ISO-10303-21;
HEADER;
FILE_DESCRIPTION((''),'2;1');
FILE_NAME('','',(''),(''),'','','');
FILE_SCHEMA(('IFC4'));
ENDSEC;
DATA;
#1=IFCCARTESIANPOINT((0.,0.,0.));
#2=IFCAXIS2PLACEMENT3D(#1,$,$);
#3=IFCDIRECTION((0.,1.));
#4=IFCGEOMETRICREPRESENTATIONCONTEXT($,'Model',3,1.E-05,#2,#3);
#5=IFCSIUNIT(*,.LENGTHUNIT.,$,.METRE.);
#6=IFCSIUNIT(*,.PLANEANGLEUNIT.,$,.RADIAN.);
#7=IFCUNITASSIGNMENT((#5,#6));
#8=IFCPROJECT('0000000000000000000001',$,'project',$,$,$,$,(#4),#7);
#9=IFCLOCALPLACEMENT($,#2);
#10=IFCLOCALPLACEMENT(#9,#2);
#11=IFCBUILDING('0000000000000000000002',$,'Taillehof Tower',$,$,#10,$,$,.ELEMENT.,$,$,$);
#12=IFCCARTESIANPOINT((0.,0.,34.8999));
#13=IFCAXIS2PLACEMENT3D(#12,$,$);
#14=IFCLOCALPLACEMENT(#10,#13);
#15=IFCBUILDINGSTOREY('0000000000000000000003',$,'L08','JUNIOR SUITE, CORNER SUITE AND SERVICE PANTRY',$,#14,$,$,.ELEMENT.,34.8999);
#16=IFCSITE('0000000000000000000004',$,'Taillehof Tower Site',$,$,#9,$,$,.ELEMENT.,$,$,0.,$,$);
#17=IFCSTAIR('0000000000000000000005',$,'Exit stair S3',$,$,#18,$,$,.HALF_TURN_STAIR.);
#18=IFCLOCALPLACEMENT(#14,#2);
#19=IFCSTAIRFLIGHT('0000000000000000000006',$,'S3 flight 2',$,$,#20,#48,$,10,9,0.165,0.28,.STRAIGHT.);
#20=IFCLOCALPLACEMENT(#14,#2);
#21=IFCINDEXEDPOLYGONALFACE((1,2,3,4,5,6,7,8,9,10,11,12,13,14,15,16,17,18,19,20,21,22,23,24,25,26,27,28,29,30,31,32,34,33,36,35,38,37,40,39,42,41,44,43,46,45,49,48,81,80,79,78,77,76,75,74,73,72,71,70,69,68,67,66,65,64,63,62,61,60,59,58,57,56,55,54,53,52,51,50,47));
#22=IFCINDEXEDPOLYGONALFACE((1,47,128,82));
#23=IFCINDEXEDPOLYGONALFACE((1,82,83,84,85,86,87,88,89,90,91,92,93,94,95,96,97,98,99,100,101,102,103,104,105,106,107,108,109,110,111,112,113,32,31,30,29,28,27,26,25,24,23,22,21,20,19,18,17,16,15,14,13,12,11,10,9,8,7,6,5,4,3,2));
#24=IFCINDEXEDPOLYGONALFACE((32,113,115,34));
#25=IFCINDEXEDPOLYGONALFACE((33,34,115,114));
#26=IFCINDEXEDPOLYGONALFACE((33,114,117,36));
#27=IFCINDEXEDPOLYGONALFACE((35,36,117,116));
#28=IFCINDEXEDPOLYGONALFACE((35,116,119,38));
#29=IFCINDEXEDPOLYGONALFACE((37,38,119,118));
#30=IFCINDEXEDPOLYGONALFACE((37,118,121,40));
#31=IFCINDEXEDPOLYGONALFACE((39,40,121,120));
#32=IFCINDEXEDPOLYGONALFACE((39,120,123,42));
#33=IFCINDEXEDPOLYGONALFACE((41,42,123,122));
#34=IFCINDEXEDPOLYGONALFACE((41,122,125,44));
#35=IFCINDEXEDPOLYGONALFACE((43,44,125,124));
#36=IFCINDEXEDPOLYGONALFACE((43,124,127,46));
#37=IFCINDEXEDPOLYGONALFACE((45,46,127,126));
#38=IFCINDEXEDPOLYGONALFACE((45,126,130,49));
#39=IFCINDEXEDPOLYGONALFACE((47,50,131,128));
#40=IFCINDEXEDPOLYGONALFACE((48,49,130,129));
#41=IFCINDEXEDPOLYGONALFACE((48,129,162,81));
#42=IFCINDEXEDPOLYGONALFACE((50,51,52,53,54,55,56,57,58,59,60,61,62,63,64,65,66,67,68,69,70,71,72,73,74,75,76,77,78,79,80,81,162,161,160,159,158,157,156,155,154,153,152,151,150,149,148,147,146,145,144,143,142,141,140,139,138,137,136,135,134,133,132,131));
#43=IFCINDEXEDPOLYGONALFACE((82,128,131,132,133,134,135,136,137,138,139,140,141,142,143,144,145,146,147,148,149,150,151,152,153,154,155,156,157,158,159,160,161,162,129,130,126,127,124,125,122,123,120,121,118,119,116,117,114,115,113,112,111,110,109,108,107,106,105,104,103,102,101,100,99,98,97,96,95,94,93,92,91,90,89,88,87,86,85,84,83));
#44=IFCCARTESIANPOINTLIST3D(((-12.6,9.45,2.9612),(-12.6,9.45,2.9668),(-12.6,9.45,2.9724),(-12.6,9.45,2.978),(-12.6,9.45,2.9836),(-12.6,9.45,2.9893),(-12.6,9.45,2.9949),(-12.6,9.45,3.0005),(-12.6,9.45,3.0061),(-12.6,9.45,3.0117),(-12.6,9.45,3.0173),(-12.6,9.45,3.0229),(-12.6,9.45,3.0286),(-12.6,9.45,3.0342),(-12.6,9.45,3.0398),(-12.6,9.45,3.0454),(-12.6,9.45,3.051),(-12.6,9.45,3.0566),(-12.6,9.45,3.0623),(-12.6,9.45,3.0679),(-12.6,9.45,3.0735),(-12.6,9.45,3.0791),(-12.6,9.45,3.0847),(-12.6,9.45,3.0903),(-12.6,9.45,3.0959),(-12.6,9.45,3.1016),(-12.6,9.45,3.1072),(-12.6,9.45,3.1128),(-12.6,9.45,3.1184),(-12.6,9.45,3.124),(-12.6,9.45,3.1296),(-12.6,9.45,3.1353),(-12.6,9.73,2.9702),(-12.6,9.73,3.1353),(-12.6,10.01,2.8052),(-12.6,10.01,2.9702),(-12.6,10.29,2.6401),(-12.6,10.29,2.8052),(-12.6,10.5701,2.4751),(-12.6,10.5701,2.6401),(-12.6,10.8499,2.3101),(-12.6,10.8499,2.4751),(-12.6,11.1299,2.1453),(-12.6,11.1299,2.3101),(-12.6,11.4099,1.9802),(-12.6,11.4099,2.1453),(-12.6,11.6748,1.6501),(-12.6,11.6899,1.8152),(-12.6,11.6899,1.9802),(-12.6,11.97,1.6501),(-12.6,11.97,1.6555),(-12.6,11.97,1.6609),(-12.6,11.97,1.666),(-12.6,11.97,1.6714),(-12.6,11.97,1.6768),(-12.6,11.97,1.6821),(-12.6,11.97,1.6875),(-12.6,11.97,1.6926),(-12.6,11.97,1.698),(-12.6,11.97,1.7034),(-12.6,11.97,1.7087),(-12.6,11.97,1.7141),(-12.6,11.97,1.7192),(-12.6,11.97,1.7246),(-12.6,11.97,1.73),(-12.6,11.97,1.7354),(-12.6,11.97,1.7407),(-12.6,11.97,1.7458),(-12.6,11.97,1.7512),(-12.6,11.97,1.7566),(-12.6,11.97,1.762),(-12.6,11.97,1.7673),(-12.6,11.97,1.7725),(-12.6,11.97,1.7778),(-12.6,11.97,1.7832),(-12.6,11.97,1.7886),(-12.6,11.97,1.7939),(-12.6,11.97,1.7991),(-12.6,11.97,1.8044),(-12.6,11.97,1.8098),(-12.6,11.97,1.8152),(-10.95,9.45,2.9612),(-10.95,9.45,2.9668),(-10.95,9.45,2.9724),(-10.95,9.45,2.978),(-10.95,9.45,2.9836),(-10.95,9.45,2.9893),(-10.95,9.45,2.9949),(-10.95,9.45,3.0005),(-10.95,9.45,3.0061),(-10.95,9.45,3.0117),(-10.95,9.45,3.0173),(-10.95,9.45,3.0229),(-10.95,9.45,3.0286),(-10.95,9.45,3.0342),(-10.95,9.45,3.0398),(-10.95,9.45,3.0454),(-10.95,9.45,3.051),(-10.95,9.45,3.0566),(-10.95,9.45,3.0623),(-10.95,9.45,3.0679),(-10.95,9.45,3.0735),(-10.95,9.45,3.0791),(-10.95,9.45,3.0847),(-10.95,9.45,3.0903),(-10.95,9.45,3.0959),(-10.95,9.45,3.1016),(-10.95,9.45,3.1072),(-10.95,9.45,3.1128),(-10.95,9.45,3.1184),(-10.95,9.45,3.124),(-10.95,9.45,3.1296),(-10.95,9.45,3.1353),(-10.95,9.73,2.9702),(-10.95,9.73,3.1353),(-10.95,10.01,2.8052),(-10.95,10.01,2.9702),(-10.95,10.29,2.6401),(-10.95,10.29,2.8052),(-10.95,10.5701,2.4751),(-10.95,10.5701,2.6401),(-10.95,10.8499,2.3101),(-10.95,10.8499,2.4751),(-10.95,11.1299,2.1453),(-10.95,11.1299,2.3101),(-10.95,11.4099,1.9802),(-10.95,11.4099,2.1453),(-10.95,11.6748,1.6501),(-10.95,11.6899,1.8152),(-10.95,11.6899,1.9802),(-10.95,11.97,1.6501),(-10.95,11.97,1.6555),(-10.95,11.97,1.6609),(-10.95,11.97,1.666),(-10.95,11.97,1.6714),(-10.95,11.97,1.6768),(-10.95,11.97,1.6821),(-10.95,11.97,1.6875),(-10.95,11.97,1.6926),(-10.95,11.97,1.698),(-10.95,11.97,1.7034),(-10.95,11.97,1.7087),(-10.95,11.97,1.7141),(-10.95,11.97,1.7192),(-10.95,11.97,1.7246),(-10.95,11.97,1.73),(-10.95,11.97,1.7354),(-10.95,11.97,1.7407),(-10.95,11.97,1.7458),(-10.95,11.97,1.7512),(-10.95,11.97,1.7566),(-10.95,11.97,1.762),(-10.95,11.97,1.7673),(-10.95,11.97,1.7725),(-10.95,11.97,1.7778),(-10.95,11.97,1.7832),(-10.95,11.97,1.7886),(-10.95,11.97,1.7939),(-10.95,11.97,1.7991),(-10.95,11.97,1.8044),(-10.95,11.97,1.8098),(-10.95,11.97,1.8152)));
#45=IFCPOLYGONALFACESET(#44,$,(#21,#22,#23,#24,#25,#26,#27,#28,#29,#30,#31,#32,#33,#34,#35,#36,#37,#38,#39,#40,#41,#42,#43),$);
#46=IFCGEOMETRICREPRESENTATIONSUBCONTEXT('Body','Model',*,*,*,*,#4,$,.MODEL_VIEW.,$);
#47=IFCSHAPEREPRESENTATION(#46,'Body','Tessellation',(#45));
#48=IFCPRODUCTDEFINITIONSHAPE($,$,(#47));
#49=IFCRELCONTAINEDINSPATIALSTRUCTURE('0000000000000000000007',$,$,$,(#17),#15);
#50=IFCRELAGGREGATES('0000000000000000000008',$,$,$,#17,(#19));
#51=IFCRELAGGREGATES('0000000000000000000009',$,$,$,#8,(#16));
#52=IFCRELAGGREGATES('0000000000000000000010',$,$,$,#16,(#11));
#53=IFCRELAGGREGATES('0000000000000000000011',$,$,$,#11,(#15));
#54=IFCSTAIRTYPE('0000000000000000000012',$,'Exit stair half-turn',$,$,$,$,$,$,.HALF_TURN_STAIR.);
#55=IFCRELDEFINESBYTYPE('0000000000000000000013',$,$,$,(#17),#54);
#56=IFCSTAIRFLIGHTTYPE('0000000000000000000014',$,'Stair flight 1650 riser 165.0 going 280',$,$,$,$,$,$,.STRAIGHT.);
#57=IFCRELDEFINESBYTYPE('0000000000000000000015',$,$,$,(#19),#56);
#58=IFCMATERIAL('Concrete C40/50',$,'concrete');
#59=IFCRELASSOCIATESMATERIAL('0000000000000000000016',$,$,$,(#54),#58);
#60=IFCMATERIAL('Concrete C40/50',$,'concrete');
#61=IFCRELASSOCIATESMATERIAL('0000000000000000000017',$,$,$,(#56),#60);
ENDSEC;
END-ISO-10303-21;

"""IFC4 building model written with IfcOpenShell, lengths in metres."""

from ifc_helpers import new_model, si_unit, direction, frame, origin, place, context, subcontext, project, spatial, polyline, outline, extrude, material, type_object, element, aggregate, save


model = new_model("IFC4")

# Units and contexts
model_context = context("Model", 3, precision=1e-05, world=origin(), true_north=direction((0.0, 1.0)))
body_context = subcontext(model_context, "Body", "Model", "MODEL_VIEW")
ifc_project = project(units=[si_unit("LENGTHUNIT", "METRE"), si_unit("PLANEANGLEUNIT", "RADIAN")], contexts=[model_context])

# Site, building, storey
site_placement = place(None, origin())
site = spatial("IfcSite", under=ifc_project, at=site_placement, Name="Taillehof Tower Site", CompositionType="ELEMENT", RefElevation=0.0)
building_placement = place(site_placement, origin())
building = spatial("IfcBuilding", under=site, at=building_placement, Name="Taillehof Tower", CompositionType="ELEMENT")
storey_placement = place(building_placement, frame((0.0, 0.0, 34.8999)))
storey = spatial("IfcBuildingStorey", under=building, at=storey_placement, Name="L08", Description="JUNIOR SUITE, CORNER SUITE AND SERVICE PANTRY", CompositionType="ELEMENT", Elevation=34.8999)

# Stair, stair flight
ifc_material_1 = material(Name="Concrete C40/50", Category="concrete")
stair_type = type_object("IfcStairType", Name="Exit stair half-turn", PredefinedType="HALF_TURN_STAIR", material=ifc_material_1)
stair_placement = place(storey_placement, origin())
stair = element("IfcStair", 1, at=stair_placement, inside=storey, type_object=stair_type, Name="Exit stair S3", PredefinedType="HALF_TURN_STAIR")
ifc_material_2 = material(Name="Concrete C40/50", Category="concrete")
stair_flight_type = type_object("IfcStairFlightType", Name="Stair flight 1650 riser 165.0 going 280", PredefinedType="STRAIGHT", material=ifc_material_2)
stair_flight_1_placement = place(storey_placement, frame((-11.7749, 11.97, 1.6501), z_axis=(0.0, 0.0, 1.0), x_axis=(0.0, -1.0, 0.0)))
stair_flight_1 = element("IfcStairFlight", 2, at=stair_flight_1_placement, type_object=stair_flight_type, Name="S3 flight 2", NumberOfRisers=10, NumberOfTreads=9, PredefinedType="STRAIGHT", RiserHeight=0.165, TreadLength=0.28, context=body_context, shape_type="SweptSolid", body=[
    extrude(outline(polyline([(0.0, 0.0), (0.0, 0.0054), (0.0, 0.0107), (0.0, 0.0159), (0.0, 0.0212), (0.0, 0.0266), (0.0, 0.032), (0.0, 0.0374), (0.0, 0.0425), (0.0, 0.0479), (0.0, 0.0532), (0.0, 0.0586), (0.0, 0.064), (0.0, 0.0691), (0.0, 0.0745), (0.0, 0.0798), (0.0, 0.0852), (0.0, 0.0906), (0.0, 0.0957), (0.0, 0.1011), (0.0, 0.1064), (0.0, 0.1118), (0.0, 0.1172), (0.0, 0.1223), (0.0, 0.1277), (0.0, 0.1331), (0.0, 0.1384), (0.0, 0.1438), (0.0, 0.1489), (0.0, 0.1543), (0.0, 0.1597), (0.0, 0.165), (0.28, 0.165), (0.28, 0.3301), (0.5601, 0.3301), (0.5601, 0.4951), (0.8401, 0.4951), (0.8401, 0.6599), (1.1201, 0.6599), (1.1201, 0.825), (1.3999, 0.825), (1.3999, 0.99), (1.6799, 0.99), (1.6799, 1.155), (1.96, 1.155), (1.96, 1.3201), (2.24, 1.3201), (2.24, 1.4851), (2.52, 1.4851), (2.52, 1.4795), (2.52, 1.4739), (2.52, 1.4683), (2.52, 1.4626), (2.52, 1.457), (2.52, 1.4514), (2.52, 1.4458), (2.52, 1.4402), (2.52, 1.4346), (2.52, 1.429), (2.52, 1.4233), (2.52, 1.4177), (2.52, 1.4121), (2.52, 1.4065), (2.52, 1.4009), (2.52, 1.3953), (2.52, 1.3896), (2.52, 1.384), (2.52, 1.3784), (2.52, 1.3728), (2.52, 1.3672), (2.52, 1.3616), (2.52, 1.356), (2.52, 1.3503), (2.52, 1.3447), (2.52, 1.3391), (2.52, 1.3335), (2.52, 1.3279), (2.52, 1.3223), (2.52, 1.3167), (2.52, 1.311), (0.2952, 0.0), (0.0, 0.0)])), frame((0.0, 0.825, 0.0), z_axis=(0.0, -1.0, 0.0), x_axis=(1.0, 0.0, 0.0)), (0.0, 0.0, 1.0), 1.65),
])
aggregate(stair, [stair_flight_1])

save(model, "model.ifc")
